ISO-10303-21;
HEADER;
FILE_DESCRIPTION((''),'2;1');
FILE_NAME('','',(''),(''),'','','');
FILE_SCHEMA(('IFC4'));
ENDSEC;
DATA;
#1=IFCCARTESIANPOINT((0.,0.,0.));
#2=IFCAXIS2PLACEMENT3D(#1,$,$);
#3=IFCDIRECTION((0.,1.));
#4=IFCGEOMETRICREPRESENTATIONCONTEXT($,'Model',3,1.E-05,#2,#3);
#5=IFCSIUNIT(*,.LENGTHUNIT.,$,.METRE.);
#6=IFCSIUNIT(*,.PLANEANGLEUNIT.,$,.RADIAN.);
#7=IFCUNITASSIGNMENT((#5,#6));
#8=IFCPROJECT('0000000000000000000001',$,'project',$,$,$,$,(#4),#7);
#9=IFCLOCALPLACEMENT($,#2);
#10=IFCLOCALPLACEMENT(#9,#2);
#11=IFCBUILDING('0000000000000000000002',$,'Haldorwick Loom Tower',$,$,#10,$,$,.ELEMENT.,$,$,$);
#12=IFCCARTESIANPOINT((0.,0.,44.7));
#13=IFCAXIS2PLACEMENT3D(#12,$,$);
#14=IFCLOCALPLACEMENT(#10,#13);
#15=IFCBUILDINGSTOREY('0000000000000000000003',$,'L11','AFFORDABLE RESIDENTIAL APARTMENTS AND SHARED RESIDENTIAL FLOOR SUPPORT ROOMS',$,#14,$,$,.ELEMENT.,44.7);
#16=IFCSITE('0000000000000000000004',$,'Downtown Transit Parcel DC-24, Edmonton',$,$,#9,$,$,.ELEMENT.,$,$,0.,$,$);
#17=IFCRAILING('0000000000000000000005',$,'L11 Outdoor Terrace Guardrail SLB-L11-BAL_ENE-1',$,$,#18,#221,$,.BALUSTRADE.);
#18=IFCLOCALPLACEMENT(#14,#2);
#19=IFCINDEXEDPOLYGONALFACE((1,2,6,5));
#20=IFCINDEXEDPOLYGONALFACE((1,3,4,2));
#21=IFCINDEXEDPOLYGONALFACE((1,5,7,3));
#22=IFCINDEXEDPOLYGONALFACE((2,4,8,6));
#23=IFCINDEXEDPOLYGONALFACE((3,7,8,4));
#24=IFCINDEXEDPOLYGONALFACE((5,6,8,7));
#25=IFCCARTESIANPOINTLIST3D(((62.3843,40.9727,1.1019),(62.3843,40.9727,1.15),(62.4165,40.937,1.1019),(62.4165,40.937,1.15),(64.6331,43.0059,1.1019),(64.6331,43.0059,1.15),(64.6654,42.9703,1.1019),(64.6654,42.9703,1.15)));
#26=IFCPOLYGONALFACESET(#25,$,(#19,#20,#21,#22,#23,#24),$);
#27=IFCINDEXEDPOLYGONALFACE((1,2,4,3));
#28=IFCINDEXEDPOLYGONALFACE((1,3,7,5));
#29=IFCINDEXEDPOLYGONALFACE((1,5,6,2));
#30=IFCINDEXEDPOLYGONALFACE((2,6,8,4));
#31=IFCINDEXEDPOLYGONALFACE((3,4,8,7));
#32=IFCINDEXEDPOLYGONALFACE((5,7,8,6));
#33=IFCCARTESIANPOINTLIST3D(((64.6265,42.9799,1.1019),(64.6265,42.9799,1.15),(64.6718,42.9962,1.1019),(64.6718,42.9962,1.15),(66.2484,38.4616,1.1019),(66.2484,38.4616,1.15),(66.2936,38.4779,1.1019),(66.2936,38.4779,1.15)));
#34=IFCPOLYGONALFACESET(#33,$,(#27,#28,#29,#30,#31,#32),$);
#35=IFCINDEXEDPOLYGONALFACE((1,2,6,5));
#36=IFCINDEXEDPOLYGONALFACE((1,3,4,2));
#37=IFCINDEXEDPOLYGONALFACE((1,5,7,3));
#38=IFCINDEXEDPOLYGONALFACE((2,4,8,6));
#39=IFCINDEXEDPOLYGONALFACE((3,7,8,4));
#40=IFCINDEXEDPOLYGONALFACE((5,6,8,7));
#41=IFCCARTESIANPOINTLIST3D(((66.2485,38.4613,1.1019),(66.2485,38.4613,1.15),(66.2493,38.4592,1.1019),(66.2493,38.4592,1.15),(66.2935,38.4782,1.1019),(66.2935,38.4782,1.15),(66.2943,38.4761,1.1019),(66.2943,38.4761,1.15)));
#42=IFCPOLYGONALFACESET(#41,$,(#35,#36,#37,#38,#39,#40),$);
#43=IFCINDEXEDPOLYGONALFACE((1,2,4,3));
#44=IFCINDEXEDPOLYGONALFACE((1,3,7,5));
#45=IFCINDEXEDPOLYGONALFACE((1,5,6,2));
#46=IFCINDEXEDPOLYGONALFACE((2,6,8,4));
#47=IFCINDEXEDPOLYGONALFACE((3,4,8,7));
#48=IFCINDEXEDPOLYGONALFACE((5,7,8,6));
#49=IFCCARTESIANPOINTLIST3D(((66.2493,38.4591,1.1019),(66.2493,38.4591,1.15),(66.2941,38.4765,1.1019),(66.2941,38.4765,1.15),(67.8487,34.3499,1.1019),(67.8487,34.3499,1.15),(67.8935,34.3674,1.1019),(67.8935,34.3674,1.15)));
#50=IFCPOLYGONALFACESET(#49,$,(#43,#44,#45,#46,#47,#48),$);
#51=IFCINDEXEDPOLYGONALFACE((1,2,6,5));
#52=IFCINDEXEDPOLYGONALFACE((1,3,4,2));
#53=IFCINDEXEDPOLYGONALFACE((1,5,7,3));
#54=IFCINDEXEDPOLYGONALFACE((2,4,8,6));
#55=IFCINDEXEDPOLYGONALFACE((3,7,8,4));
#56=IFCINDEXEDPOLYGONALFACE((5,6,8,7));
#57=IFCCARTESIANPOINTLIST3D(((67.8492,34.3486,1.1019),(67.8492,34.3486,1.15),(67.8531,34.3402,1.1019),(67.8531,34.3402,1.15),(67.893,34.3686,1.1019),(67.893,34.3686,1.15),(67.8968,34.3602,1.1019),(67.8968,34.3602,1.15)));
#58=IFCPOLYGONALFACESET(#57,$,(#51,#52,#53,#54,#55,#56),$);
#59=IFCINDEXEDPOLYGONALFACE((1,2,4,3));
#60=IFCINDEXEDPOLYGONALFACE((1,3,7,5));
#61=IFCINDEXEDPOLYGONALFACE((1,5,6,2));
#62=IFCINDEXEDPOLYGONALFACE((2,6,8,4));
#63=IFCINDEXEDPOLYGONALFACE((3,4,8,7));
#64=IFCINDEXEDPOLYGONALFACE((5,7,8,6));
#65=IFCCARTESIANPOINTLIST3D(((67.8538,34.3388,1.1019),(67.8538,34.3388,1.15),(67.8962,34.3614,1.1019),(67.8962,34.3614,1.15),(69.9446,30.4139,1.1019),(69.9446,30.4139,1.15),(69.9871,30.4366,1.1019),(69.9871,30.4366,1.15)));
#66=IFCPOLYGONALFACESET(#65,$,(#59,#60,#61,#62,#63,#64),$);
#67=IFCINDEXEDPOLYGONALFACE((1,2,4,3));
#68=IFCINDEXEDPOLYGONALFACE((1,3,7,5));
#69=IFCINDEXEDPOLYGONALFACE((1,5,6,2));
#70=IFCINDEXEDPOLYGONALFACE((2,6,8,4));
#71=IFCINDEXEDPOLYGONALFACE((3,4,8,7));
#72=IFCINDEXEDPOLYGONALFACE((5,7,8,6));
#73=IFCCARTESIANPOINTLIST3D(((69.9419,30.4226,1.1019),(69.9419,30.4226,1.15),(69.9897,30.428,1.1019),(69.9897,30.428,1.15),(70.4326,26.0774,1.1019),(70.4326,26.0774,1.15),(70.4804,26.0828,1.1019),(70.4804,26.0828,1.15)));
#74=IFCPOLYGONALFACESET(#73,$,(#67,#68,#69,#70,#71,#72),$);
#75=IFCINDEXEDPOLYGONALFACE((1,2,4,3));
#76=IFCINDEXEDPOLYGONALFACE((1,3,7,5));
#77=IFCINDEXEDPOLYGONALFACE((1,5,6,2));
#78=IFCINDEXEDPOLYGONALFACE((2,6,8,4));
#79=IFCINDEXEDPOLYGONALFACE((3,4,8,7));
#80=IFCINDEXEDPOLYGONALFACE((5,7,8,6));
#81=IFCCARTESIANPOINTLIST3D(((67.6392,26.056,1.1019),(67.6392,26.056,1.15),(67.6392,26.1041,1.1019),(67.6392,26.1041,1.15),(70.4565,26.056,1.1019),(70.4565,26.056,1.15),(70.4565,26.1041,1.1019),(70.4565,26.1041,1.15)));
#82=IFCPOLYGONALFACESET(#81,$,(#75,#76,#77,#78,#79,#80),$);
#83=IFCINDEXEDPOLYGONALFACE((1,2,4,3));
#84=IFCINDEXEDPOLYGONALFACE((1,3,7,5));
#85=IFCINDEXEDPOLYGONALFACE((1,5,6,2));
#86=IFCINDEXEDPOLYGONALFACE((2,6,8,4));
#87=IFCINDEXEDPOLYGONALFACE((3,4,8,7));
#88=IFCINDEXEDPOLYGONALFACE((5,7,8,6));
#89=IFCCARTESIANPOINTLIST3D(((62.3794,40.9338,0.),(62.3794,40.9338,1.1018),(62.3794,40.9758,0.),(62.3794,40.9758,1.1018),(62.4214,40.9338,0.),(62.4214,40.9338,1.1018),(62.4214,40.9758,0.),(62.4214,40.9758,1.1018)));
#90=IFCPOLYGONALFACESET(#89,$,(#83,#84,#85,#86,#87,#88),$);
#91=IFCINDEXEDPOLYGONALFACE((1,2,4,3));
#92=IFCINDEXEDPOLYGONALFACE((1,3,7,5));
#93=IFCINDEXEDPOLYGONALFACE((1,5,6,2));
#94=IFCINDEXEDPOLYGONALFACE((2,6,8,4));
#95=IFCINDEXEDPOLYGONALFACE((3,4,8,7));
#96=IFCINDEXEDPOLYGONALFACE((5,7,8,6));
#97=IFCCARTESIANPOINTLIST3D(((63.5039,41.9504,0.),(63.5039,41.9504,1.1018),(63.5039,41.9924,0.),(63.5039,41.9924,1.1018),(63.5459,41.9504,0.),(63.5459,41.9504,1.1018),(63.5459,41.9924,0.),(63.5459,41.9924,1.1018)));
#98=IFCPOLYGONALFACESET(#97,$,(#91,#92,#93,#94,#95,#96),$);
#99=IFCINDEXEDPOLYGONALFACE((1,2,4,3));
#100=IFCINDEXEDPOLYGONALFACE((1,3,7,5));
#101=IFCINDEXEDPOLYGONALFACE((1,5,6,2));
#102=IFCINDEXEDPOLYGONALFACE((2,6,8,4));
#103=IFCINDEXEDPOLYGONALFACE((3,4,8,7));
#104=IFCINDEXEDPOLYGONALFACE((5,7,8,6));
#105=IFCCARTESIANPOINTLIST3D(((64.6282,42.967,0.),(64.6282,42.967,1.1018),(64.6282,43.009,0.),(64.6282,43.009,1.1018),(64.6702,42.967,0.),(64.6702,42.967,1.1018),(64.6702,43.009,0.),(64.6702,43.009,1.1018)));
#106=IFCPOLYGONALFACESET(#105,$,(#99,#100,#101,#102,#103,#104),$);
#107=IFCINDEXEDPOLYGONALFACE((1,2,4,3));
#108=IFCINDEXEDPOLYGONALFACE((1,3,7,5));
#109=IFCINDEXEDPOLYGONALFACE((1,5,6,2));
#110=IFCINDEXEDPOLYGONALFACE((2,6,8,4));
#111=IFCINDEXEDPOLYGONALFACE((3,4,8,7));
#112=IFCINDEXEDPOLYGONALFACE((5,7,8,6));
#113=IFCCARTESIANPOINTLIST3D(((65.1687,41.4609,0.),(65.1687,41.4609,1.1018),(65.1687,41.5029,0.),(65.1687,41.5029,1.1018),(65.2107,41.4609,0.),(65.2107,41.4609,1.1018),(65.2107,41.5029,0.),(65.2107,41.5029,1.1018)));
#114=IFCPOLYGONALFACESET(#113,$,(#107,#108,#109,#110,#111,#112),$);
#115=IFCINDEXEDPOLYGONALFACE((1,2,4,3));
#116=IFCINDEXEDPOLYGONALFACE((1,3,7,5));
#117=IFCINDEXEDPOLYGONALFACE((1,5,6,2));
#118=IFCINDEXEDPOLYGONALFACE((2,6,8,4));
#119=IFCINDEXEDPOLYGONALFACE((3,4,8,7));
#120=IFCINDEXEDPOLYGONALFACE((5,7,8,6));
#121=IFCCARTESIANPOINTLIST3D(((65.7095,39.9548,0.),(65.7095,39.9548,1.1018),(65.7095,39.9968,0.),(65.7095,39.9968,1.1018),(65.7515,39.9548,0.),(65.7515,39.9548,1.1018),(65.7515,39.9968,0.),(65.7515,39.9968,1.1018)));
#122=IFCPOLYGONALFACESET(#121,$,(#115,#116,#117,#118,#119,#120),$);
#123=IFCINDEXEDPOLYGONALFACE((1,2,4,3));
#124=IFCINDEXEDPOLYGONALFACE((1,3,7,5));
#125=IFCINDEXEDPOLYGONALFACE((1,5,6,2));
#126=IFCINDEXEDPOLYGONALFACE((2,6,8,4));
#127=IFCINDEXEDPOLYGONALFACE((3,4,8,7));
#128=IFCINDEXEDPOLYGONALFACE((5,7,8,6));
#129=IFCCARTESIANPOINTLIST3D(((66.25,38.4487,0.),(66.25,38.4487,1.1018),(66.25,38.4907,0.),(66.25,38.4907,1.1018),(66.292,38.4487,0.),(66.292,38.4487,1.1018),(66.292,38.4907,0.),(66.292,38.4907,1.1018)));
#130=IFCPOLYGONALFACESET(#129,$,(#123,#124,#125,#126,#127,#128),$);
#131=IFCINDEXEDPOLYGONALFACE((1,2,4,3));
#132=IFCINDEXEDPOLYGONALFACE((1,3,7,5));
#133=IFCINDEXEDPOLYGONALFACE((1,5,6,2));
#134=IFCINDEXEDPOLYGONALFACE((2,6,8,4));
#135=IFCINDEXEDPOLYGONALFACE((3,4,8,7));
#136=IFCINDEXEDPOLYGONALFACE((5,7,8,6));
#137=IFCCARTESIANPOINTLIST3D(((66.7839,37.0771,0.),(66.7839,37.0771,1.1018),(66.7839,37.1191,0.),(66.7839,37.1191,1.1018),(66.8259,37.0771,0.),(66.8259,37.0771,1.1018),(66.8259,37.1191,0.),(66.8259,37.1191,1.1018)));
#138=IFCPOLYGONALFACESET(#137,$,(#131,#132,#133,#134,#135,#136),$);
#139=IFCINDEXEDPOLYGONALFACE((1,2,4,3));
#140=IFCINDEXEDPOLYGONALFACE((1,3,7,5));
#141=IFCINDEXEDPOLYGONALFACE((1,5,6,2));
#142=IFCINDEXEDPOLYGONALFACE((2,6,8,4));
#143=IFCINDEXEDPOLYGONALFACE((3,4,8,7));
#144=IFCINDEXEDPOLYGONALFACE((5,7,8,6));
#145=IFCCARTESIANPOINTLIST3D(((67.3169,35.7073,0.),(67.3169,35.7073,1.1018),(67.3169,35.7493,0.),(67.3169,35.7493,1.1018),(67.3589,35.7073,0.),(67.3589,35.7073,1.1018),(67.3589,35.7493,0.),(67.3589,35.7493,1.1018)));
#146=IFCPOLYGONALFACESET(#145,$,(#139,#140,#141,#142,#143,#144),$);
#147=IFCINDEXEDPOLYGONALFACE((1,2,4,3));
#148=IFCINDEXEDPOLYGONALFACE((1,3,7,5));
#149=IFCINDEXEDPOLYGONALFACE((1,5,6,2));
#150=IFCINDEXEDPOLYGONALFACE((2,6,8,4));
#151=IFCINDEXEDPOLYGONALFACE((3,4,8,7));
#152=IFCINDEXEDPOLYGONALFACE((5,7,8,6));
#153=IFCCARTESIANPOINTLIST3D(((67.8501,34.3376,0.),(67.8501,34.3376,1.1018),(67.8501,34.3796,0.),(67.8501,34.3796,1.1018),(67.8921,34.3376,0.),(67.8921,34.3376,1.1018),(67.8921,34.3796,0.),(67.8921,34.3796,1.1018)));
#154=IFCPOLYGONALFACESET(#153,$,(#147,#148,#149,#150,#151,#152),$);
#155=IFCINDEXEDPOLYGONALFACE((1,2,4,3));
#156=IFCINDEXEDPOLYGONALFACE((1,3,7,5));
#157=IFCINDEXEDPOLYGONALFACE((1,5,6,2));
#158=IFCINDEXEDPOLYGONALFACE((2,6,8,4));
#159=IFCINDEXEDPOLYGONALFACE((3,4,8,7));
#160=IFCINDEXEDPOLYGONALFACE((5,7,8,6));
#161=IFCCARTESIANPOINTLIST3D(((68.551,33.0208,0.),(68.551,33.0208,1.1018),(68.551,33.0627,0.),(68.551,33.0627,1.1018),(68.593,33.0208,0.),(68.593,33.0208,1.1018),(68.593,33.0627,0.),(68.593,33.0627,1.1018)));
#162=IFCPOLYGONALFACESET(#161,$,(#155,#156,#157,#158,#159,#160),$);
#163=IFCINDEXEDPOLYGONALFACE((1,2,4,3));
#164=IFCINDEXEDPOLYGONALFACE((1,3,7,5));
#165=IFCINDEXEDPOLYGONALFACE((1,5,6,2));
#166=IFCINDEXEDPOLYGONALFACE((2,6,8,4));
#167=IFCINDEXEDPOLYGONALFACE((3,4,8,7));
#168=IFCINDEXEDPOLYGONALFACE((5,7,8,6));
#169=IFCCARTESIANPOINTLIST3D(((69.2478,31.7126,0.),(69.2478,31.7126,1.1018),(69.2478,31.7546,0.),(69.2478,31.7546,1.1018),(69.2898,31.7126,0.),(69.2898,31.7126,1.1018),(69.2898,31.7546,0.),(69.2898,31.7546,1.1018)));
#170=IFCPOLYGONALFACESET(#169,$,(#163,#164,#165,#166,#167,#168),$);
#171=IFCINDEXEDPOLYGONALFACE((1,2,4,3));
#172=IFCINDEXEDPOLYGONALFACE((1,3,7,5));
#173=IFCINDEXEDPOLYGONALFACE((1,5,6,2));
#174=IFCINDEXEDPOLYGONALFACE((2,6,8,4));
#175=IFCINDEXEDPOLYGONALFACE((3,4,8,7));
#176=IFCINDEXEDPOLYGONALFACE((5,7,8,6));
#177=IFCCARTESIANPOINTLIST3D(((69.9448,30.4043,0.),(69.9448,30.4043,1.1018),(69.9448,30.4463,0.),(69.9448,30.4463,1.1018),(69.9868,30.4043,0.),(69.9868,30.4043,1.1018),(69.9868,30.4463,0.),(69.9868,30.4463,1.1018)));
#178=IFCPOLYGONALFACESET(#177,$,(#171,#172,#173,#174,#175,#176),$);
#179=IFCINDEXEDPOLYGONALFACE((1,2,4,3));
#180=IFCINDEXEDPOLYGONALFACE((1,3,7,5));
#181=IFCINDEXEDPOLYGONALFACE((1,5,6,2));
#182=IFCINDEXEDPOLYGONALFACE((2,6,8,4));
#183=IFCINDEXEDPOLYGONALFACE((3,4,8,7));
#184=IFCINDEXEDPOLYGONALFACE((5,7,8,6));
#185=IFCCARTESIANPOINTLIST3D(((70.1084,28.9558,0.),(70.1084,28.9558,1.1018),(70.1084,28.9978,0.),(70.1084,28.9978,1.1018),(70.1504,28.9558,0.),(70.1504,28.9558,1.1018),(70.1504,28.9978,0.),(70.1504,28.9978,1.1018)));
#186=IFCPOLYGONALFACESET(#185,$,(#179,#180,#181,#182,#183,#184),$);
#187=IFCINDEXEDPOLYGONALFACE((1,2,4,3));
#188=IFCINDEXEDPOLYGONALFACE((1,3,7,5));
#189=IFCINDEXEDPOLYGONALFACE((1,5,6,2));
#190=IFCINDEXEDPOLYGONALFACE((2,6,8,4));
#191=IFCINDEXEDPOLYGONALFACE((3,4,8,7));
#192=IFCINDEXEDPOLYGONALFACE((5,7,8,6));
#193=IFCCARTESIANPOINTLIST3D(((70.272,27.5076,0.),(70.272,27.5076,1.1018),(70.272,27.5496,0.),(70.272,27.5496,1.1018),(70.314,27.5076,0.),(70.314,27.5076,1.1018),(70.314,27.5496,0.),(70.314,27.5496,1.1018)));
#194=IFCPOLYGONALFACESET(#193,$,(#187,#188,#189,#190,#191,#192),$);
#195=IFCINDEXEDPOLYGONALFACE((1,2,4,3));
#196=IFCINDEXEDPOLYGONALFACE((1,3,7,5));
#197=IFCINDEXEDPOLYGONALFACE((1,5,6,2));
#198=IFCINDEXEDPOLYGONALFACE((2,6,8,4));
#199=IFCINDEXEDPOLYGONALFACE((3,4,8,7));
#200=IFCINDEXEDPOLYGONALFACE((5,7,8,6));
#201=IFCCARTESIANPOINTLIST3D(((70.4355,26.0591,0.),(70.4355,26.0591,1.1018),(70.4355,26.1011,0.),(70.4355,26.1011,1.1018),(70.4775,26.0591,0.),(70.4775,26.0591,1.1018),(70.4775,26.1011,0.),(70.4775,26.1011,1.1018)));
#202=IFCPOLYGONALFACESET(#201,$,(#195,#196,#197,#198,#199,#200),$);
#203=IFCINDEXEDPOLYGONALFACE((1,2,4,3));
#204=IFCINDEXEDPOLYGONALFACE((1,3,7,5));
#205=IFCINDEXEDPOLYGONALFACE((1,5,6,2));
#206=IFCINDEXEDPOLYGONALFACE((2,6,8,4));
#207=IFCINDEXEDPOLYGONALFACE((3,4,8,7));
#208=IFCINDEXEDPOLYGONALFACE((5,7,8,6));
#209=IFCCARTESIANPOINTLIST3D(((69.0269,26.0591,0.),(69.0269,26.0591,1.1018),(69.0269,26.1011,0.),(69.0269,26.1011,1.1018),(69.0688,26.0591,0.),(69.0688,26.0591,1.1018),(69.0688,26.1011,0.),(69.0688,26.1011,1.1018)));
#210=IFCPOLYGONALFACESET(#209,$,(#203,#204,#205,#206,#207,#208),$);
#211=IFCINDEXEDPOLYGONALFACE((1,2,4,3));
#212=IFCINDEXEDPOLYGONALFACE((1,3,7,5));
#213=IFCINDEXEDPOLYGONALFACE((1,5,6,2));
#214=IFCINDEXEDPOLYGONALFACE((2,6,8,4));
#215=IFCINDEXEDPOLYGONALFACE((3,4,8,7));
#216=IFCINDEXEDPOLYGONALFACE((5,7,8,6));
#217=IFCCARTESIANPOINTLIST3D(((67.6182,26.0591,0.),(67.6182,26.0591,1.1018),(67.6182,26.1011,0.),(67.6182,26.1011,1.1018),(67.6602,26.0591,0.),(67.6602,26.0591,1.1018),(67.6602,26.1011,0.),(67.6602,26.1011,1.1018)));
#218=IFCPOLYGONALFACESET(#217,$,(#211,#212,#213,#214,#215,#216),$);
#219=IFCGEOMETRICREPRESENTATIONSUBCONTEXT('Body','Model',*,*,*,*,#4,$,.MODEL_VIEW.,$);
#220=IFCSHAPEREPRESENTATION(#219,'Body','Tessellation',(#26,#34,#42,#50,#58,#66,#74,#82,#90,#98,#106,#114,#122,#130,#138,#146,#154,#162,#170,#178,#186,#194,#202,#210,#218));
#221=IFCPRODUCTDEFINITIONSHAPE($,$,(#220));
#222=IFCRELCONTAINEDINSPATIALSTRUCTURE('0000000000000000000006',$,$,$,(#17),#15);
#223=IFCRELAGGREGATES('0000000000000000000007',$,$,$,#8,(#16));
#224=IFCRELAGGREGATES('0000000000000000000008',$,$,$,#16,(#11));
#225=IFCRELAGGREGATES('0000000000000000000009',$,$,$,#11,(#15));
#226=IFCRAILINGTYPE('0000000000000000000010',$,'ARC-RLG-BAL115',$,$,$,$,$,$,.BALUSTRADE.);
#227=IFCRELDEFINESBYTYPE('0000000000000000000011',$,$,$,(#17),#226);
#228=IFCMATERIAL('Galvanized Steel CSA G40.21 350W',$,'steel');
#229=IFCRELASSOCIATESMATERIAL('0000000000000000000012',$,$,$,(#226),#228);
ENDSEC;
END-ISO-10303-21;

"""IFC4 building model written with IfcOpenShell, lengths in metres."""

from ifc_helpers import new_model, si_unit, direction, frame, origin, origin_2d, place, context, subcontext, project, spatial, rectangle, extrude, material, type_object, element, save


model = new_model("IFC4")

# Units and contexts
model_context = context("Model", 3, precision=1e-05, world=origin(), true_north=direction((0.0, 1.0)))
body_context = subcontext(model_context, "Body", "Model", "MODEL_VIEW")
ifc_project = project(units=[si_unit("LENGTHUNIT", "METRE"), si_unit("PLANEANGLEUNIT", "RADIAN")], contexts=[model_context])

# Site, building, storey
site_placement = place(None, origin())
site = spatial("IfcSite", under=ifc_project, at=site_placement, Name="Downtown Transit Parcel DC-24, Edmonton", CompositionType="ELEMENT", RefElevation=0.0)
building_placement = place(site_placement, origin())
building = spatial("IfcBuilding", under=site, at=building_placement, Name="Haldorwick Loom Tower", CompositionType="ELEMENT")
storey_placement = place(building_placement, frame((0.0, 0.0, 44.7)))
storey = spatial("IfcBuildingStorey", under=building, at=storey_placement, Name="L11", Description="AFFORDABLE RESIDENTIAL APARTMENTS AND SHARED RESIDENTIAL FLOOR SUPPORT ROOMS", CompositionType="ELEMENT", Elevation=44.7)

# Railing
ifc_material_1 = material(Name="Galvanized Steel CSA G40.21 350W", Category="steel")
railing_type = type_object("IfcRailingType", Name="ARC-RLG-BAL115", PredefinedType="BALUSTRADE", material=ifc_material_1)
railing_placement = place(storey_placement, frame((62.4004, 40.9548, 0.0)))
element("IfcRailing", 1, at=railing_placement, inside=storey, type_object=railing_type, Name="L11 Outdoor Terrace Guardrail SLB-L11-BAL_ENE-1", PredefinedType="BALUSTRADE", context=body_context, shape_type="SweptSolid", body=[
    extrude(rectangle(XDim=0.0481, YDim=0.0481, at=origin_2d()), frame((0.0, 0.0, 1.126), z_axis=(0.741767, 0.670658, 0.0), x_axis=(-0.670658, 0.741767, 0.0)), (0.0, 0.0, 1.0), 3.0317),
    extrude(rectangle(XDim=0.0481, YDim=0.0481, at=origin_2d()), frame((2.2488, 2.0332, 1.126), z_axis=(0.33784, -0.941203, 0.0), x_axis=(0.941203, 0.33784, 0.0)), (0.0, 0.0, 1.0), 4.8005),
    extrude(rectangle(XDim=0.0481, YDim=0.0481, at=origin_2d()), frame((3.8706, -2.4851, 1.126), z_axis=(0.351123, -0.936329, 0.0), x_axis=(0.936329, 0.351123, 0.0)), (0.0, 0.0, 1.0), 0.0022),
    extrude(rectangle(XDim=0.0481, YDim=0.0481, at=origin_2d()), frame((3.8713, -2.4871, 1.126), z_axis=(0.362716, -0.9319, 0.0), x_axis=(0.9319, 0.362716, 0.0)), (0.0, 0.0, 1.0), 4.4094),
    extrude(rectangle(XDim=0.0481, YDim=0.0481, at=origin_2d()), frame((5.4707, -6.5962, 1.126), z_axis=(0.41576, -0.909474, 0.0), x_axis=(0.909474, 0.41576, 0.0)), (0.0, 0.0, 1.0), 0.0093),
    extrude(rectangle(XDim=0.0481, YDim=0.0481, at=origin_2d()), frame((5.4746, -6.6047, 1.126), z_axis=(0.470166, -0.882578, 0.0), x_axis=(0.882578, 0.470166, 0.0)), (0.0, 0.0, 1.0), 4.447),
    extrude(rectangle(XDim=0.0481, YDim=0.0481, at=origin_2d()), frame((7.5654, -10.5295, 1.126), z_axis=(0.112221, -0.993683, 0.0), x_axis=(0.993683, 0.112221, 0.0)), (0.0, 0.0, 1.0), 4.3728),
    extrude(rectangle(XDim=0.0481, YDim=0.0481, at=origin_2d()), frame((8.0562, -14.8748, 1.126), z_axis=(-1.0, 0.0, 0.0), x_axis=(0.0, -1.0, 0.0)), (0.0, 0.0, 1.0), 2.8174),
    extrude(rectangle(XDim=0.042, YDim=0.042, at=origin_2d()), origin(), (0.0, 0.0, 1.0), 1.1018),
    extrude(rectangle(XDim=0.042, YDim=0.042, at=origin_2d()), frame((1.1245, 1.0166, 0.0)), (0.0, 0.0, 1.0), 1.1018),
    extrude(rectangle(XDim=0.042, YDim=0.042, at=origin_2d()), frame((2.2488, 2.0332, 0.0)), (0.0, 0.0, 1.0), 1.1018),
    extrude(rectangle(XDim=0.042, YDim=0.042, at=origin_2d()), frame((2.7893, 0.5271, 0.0)), (0.0, 0.0, 1.0), 1.1018),
    extrude(rectangle(XDim=0.042, YDim=0.042, at=origin_2d()), frame((3.3301, -0.979, 0.0)), (0.0, 0.0, 1.0), 1.1018),
    extrude(rectangle(XDim=0.042, YDim=0.042, at=origin_2d()), frame((3.8706, -2.4851, 0.0)), (0.0, 0.0, 1.0), 1.1018),
    extrude(rectangle(XDim=0.042, YDim=0.042, at=origin_2d()), frame((4.4045, -3.8567, 0.0)), (0.0, 0.0, 1.0), 1.1018),
    extrude(rectangle(XDim=0.042, YDim=0.042, at=origin_2d()), frame((4.9375, -5.2266, 0.0)), (0.0, 0.0, 1.0), 1.1018),
    extrude(rectangle(XDim=0.042, YDim=0.042, at=origin_2d()), frame((5.4707, -6.5962, 0.0)), (0.0, 0.0, 1.0), 1.1018),
    extrude(rectangle(XDim=0.042, YDim=0.042, at=origin_2d()), frame((6.1716, -7.9131, 0.0)), (0.0, 0.0, 1.0), 1.1018),
    extrude(rectangle(XDim=0.042, YDim=0.042, at=origin_2d()), frame((6.8684, -9.2212, 0.0)), (0.0, 0.0, 1.0), 1.1018),
    extrude(rectangle(XDim=0.042, YDim=0.042, at=origin_2d()), frame((7.5654, -10.5295, 0.0)), (0.0, 0.0, 1.0), 1.1018),
    extrude(rectangle(XDim=0.042, YDim=0.042, at=origin_2d()), frame((7.729, -11.978, 0.0)), (0.0, 0.0, 1.0), 1.1018),
    extrude(rectangle(XDim=0.042, YDim=0.042, at=origin_2d()), frame((7.8926, -13.4263, 0.0)), (0.0, 0.0, 1.0), 1.1018),
    extrude(rectangle(XDim=0.042, YDim=0.042, at=origin_2d()), frame((8.0562, -14.8748, 0.0)), (0.0, 0.0, 1.0), 1.1018),
    extrude(rectangle(XDim=0.042, YDim=0.042, at=origin_2d()), frame((6.6475, -14.8748, 0.0)), (0.0, 0.0, 1.0), 1.1018),
    extrude(rectangle(XDim=0.042, YDim=0.042, at=origin_2d()), frame((5.2388, -14.8748, 0.0)), (0.0, 0.0, 1.0), 1.1018),
])

save(model, "model.ifc")
